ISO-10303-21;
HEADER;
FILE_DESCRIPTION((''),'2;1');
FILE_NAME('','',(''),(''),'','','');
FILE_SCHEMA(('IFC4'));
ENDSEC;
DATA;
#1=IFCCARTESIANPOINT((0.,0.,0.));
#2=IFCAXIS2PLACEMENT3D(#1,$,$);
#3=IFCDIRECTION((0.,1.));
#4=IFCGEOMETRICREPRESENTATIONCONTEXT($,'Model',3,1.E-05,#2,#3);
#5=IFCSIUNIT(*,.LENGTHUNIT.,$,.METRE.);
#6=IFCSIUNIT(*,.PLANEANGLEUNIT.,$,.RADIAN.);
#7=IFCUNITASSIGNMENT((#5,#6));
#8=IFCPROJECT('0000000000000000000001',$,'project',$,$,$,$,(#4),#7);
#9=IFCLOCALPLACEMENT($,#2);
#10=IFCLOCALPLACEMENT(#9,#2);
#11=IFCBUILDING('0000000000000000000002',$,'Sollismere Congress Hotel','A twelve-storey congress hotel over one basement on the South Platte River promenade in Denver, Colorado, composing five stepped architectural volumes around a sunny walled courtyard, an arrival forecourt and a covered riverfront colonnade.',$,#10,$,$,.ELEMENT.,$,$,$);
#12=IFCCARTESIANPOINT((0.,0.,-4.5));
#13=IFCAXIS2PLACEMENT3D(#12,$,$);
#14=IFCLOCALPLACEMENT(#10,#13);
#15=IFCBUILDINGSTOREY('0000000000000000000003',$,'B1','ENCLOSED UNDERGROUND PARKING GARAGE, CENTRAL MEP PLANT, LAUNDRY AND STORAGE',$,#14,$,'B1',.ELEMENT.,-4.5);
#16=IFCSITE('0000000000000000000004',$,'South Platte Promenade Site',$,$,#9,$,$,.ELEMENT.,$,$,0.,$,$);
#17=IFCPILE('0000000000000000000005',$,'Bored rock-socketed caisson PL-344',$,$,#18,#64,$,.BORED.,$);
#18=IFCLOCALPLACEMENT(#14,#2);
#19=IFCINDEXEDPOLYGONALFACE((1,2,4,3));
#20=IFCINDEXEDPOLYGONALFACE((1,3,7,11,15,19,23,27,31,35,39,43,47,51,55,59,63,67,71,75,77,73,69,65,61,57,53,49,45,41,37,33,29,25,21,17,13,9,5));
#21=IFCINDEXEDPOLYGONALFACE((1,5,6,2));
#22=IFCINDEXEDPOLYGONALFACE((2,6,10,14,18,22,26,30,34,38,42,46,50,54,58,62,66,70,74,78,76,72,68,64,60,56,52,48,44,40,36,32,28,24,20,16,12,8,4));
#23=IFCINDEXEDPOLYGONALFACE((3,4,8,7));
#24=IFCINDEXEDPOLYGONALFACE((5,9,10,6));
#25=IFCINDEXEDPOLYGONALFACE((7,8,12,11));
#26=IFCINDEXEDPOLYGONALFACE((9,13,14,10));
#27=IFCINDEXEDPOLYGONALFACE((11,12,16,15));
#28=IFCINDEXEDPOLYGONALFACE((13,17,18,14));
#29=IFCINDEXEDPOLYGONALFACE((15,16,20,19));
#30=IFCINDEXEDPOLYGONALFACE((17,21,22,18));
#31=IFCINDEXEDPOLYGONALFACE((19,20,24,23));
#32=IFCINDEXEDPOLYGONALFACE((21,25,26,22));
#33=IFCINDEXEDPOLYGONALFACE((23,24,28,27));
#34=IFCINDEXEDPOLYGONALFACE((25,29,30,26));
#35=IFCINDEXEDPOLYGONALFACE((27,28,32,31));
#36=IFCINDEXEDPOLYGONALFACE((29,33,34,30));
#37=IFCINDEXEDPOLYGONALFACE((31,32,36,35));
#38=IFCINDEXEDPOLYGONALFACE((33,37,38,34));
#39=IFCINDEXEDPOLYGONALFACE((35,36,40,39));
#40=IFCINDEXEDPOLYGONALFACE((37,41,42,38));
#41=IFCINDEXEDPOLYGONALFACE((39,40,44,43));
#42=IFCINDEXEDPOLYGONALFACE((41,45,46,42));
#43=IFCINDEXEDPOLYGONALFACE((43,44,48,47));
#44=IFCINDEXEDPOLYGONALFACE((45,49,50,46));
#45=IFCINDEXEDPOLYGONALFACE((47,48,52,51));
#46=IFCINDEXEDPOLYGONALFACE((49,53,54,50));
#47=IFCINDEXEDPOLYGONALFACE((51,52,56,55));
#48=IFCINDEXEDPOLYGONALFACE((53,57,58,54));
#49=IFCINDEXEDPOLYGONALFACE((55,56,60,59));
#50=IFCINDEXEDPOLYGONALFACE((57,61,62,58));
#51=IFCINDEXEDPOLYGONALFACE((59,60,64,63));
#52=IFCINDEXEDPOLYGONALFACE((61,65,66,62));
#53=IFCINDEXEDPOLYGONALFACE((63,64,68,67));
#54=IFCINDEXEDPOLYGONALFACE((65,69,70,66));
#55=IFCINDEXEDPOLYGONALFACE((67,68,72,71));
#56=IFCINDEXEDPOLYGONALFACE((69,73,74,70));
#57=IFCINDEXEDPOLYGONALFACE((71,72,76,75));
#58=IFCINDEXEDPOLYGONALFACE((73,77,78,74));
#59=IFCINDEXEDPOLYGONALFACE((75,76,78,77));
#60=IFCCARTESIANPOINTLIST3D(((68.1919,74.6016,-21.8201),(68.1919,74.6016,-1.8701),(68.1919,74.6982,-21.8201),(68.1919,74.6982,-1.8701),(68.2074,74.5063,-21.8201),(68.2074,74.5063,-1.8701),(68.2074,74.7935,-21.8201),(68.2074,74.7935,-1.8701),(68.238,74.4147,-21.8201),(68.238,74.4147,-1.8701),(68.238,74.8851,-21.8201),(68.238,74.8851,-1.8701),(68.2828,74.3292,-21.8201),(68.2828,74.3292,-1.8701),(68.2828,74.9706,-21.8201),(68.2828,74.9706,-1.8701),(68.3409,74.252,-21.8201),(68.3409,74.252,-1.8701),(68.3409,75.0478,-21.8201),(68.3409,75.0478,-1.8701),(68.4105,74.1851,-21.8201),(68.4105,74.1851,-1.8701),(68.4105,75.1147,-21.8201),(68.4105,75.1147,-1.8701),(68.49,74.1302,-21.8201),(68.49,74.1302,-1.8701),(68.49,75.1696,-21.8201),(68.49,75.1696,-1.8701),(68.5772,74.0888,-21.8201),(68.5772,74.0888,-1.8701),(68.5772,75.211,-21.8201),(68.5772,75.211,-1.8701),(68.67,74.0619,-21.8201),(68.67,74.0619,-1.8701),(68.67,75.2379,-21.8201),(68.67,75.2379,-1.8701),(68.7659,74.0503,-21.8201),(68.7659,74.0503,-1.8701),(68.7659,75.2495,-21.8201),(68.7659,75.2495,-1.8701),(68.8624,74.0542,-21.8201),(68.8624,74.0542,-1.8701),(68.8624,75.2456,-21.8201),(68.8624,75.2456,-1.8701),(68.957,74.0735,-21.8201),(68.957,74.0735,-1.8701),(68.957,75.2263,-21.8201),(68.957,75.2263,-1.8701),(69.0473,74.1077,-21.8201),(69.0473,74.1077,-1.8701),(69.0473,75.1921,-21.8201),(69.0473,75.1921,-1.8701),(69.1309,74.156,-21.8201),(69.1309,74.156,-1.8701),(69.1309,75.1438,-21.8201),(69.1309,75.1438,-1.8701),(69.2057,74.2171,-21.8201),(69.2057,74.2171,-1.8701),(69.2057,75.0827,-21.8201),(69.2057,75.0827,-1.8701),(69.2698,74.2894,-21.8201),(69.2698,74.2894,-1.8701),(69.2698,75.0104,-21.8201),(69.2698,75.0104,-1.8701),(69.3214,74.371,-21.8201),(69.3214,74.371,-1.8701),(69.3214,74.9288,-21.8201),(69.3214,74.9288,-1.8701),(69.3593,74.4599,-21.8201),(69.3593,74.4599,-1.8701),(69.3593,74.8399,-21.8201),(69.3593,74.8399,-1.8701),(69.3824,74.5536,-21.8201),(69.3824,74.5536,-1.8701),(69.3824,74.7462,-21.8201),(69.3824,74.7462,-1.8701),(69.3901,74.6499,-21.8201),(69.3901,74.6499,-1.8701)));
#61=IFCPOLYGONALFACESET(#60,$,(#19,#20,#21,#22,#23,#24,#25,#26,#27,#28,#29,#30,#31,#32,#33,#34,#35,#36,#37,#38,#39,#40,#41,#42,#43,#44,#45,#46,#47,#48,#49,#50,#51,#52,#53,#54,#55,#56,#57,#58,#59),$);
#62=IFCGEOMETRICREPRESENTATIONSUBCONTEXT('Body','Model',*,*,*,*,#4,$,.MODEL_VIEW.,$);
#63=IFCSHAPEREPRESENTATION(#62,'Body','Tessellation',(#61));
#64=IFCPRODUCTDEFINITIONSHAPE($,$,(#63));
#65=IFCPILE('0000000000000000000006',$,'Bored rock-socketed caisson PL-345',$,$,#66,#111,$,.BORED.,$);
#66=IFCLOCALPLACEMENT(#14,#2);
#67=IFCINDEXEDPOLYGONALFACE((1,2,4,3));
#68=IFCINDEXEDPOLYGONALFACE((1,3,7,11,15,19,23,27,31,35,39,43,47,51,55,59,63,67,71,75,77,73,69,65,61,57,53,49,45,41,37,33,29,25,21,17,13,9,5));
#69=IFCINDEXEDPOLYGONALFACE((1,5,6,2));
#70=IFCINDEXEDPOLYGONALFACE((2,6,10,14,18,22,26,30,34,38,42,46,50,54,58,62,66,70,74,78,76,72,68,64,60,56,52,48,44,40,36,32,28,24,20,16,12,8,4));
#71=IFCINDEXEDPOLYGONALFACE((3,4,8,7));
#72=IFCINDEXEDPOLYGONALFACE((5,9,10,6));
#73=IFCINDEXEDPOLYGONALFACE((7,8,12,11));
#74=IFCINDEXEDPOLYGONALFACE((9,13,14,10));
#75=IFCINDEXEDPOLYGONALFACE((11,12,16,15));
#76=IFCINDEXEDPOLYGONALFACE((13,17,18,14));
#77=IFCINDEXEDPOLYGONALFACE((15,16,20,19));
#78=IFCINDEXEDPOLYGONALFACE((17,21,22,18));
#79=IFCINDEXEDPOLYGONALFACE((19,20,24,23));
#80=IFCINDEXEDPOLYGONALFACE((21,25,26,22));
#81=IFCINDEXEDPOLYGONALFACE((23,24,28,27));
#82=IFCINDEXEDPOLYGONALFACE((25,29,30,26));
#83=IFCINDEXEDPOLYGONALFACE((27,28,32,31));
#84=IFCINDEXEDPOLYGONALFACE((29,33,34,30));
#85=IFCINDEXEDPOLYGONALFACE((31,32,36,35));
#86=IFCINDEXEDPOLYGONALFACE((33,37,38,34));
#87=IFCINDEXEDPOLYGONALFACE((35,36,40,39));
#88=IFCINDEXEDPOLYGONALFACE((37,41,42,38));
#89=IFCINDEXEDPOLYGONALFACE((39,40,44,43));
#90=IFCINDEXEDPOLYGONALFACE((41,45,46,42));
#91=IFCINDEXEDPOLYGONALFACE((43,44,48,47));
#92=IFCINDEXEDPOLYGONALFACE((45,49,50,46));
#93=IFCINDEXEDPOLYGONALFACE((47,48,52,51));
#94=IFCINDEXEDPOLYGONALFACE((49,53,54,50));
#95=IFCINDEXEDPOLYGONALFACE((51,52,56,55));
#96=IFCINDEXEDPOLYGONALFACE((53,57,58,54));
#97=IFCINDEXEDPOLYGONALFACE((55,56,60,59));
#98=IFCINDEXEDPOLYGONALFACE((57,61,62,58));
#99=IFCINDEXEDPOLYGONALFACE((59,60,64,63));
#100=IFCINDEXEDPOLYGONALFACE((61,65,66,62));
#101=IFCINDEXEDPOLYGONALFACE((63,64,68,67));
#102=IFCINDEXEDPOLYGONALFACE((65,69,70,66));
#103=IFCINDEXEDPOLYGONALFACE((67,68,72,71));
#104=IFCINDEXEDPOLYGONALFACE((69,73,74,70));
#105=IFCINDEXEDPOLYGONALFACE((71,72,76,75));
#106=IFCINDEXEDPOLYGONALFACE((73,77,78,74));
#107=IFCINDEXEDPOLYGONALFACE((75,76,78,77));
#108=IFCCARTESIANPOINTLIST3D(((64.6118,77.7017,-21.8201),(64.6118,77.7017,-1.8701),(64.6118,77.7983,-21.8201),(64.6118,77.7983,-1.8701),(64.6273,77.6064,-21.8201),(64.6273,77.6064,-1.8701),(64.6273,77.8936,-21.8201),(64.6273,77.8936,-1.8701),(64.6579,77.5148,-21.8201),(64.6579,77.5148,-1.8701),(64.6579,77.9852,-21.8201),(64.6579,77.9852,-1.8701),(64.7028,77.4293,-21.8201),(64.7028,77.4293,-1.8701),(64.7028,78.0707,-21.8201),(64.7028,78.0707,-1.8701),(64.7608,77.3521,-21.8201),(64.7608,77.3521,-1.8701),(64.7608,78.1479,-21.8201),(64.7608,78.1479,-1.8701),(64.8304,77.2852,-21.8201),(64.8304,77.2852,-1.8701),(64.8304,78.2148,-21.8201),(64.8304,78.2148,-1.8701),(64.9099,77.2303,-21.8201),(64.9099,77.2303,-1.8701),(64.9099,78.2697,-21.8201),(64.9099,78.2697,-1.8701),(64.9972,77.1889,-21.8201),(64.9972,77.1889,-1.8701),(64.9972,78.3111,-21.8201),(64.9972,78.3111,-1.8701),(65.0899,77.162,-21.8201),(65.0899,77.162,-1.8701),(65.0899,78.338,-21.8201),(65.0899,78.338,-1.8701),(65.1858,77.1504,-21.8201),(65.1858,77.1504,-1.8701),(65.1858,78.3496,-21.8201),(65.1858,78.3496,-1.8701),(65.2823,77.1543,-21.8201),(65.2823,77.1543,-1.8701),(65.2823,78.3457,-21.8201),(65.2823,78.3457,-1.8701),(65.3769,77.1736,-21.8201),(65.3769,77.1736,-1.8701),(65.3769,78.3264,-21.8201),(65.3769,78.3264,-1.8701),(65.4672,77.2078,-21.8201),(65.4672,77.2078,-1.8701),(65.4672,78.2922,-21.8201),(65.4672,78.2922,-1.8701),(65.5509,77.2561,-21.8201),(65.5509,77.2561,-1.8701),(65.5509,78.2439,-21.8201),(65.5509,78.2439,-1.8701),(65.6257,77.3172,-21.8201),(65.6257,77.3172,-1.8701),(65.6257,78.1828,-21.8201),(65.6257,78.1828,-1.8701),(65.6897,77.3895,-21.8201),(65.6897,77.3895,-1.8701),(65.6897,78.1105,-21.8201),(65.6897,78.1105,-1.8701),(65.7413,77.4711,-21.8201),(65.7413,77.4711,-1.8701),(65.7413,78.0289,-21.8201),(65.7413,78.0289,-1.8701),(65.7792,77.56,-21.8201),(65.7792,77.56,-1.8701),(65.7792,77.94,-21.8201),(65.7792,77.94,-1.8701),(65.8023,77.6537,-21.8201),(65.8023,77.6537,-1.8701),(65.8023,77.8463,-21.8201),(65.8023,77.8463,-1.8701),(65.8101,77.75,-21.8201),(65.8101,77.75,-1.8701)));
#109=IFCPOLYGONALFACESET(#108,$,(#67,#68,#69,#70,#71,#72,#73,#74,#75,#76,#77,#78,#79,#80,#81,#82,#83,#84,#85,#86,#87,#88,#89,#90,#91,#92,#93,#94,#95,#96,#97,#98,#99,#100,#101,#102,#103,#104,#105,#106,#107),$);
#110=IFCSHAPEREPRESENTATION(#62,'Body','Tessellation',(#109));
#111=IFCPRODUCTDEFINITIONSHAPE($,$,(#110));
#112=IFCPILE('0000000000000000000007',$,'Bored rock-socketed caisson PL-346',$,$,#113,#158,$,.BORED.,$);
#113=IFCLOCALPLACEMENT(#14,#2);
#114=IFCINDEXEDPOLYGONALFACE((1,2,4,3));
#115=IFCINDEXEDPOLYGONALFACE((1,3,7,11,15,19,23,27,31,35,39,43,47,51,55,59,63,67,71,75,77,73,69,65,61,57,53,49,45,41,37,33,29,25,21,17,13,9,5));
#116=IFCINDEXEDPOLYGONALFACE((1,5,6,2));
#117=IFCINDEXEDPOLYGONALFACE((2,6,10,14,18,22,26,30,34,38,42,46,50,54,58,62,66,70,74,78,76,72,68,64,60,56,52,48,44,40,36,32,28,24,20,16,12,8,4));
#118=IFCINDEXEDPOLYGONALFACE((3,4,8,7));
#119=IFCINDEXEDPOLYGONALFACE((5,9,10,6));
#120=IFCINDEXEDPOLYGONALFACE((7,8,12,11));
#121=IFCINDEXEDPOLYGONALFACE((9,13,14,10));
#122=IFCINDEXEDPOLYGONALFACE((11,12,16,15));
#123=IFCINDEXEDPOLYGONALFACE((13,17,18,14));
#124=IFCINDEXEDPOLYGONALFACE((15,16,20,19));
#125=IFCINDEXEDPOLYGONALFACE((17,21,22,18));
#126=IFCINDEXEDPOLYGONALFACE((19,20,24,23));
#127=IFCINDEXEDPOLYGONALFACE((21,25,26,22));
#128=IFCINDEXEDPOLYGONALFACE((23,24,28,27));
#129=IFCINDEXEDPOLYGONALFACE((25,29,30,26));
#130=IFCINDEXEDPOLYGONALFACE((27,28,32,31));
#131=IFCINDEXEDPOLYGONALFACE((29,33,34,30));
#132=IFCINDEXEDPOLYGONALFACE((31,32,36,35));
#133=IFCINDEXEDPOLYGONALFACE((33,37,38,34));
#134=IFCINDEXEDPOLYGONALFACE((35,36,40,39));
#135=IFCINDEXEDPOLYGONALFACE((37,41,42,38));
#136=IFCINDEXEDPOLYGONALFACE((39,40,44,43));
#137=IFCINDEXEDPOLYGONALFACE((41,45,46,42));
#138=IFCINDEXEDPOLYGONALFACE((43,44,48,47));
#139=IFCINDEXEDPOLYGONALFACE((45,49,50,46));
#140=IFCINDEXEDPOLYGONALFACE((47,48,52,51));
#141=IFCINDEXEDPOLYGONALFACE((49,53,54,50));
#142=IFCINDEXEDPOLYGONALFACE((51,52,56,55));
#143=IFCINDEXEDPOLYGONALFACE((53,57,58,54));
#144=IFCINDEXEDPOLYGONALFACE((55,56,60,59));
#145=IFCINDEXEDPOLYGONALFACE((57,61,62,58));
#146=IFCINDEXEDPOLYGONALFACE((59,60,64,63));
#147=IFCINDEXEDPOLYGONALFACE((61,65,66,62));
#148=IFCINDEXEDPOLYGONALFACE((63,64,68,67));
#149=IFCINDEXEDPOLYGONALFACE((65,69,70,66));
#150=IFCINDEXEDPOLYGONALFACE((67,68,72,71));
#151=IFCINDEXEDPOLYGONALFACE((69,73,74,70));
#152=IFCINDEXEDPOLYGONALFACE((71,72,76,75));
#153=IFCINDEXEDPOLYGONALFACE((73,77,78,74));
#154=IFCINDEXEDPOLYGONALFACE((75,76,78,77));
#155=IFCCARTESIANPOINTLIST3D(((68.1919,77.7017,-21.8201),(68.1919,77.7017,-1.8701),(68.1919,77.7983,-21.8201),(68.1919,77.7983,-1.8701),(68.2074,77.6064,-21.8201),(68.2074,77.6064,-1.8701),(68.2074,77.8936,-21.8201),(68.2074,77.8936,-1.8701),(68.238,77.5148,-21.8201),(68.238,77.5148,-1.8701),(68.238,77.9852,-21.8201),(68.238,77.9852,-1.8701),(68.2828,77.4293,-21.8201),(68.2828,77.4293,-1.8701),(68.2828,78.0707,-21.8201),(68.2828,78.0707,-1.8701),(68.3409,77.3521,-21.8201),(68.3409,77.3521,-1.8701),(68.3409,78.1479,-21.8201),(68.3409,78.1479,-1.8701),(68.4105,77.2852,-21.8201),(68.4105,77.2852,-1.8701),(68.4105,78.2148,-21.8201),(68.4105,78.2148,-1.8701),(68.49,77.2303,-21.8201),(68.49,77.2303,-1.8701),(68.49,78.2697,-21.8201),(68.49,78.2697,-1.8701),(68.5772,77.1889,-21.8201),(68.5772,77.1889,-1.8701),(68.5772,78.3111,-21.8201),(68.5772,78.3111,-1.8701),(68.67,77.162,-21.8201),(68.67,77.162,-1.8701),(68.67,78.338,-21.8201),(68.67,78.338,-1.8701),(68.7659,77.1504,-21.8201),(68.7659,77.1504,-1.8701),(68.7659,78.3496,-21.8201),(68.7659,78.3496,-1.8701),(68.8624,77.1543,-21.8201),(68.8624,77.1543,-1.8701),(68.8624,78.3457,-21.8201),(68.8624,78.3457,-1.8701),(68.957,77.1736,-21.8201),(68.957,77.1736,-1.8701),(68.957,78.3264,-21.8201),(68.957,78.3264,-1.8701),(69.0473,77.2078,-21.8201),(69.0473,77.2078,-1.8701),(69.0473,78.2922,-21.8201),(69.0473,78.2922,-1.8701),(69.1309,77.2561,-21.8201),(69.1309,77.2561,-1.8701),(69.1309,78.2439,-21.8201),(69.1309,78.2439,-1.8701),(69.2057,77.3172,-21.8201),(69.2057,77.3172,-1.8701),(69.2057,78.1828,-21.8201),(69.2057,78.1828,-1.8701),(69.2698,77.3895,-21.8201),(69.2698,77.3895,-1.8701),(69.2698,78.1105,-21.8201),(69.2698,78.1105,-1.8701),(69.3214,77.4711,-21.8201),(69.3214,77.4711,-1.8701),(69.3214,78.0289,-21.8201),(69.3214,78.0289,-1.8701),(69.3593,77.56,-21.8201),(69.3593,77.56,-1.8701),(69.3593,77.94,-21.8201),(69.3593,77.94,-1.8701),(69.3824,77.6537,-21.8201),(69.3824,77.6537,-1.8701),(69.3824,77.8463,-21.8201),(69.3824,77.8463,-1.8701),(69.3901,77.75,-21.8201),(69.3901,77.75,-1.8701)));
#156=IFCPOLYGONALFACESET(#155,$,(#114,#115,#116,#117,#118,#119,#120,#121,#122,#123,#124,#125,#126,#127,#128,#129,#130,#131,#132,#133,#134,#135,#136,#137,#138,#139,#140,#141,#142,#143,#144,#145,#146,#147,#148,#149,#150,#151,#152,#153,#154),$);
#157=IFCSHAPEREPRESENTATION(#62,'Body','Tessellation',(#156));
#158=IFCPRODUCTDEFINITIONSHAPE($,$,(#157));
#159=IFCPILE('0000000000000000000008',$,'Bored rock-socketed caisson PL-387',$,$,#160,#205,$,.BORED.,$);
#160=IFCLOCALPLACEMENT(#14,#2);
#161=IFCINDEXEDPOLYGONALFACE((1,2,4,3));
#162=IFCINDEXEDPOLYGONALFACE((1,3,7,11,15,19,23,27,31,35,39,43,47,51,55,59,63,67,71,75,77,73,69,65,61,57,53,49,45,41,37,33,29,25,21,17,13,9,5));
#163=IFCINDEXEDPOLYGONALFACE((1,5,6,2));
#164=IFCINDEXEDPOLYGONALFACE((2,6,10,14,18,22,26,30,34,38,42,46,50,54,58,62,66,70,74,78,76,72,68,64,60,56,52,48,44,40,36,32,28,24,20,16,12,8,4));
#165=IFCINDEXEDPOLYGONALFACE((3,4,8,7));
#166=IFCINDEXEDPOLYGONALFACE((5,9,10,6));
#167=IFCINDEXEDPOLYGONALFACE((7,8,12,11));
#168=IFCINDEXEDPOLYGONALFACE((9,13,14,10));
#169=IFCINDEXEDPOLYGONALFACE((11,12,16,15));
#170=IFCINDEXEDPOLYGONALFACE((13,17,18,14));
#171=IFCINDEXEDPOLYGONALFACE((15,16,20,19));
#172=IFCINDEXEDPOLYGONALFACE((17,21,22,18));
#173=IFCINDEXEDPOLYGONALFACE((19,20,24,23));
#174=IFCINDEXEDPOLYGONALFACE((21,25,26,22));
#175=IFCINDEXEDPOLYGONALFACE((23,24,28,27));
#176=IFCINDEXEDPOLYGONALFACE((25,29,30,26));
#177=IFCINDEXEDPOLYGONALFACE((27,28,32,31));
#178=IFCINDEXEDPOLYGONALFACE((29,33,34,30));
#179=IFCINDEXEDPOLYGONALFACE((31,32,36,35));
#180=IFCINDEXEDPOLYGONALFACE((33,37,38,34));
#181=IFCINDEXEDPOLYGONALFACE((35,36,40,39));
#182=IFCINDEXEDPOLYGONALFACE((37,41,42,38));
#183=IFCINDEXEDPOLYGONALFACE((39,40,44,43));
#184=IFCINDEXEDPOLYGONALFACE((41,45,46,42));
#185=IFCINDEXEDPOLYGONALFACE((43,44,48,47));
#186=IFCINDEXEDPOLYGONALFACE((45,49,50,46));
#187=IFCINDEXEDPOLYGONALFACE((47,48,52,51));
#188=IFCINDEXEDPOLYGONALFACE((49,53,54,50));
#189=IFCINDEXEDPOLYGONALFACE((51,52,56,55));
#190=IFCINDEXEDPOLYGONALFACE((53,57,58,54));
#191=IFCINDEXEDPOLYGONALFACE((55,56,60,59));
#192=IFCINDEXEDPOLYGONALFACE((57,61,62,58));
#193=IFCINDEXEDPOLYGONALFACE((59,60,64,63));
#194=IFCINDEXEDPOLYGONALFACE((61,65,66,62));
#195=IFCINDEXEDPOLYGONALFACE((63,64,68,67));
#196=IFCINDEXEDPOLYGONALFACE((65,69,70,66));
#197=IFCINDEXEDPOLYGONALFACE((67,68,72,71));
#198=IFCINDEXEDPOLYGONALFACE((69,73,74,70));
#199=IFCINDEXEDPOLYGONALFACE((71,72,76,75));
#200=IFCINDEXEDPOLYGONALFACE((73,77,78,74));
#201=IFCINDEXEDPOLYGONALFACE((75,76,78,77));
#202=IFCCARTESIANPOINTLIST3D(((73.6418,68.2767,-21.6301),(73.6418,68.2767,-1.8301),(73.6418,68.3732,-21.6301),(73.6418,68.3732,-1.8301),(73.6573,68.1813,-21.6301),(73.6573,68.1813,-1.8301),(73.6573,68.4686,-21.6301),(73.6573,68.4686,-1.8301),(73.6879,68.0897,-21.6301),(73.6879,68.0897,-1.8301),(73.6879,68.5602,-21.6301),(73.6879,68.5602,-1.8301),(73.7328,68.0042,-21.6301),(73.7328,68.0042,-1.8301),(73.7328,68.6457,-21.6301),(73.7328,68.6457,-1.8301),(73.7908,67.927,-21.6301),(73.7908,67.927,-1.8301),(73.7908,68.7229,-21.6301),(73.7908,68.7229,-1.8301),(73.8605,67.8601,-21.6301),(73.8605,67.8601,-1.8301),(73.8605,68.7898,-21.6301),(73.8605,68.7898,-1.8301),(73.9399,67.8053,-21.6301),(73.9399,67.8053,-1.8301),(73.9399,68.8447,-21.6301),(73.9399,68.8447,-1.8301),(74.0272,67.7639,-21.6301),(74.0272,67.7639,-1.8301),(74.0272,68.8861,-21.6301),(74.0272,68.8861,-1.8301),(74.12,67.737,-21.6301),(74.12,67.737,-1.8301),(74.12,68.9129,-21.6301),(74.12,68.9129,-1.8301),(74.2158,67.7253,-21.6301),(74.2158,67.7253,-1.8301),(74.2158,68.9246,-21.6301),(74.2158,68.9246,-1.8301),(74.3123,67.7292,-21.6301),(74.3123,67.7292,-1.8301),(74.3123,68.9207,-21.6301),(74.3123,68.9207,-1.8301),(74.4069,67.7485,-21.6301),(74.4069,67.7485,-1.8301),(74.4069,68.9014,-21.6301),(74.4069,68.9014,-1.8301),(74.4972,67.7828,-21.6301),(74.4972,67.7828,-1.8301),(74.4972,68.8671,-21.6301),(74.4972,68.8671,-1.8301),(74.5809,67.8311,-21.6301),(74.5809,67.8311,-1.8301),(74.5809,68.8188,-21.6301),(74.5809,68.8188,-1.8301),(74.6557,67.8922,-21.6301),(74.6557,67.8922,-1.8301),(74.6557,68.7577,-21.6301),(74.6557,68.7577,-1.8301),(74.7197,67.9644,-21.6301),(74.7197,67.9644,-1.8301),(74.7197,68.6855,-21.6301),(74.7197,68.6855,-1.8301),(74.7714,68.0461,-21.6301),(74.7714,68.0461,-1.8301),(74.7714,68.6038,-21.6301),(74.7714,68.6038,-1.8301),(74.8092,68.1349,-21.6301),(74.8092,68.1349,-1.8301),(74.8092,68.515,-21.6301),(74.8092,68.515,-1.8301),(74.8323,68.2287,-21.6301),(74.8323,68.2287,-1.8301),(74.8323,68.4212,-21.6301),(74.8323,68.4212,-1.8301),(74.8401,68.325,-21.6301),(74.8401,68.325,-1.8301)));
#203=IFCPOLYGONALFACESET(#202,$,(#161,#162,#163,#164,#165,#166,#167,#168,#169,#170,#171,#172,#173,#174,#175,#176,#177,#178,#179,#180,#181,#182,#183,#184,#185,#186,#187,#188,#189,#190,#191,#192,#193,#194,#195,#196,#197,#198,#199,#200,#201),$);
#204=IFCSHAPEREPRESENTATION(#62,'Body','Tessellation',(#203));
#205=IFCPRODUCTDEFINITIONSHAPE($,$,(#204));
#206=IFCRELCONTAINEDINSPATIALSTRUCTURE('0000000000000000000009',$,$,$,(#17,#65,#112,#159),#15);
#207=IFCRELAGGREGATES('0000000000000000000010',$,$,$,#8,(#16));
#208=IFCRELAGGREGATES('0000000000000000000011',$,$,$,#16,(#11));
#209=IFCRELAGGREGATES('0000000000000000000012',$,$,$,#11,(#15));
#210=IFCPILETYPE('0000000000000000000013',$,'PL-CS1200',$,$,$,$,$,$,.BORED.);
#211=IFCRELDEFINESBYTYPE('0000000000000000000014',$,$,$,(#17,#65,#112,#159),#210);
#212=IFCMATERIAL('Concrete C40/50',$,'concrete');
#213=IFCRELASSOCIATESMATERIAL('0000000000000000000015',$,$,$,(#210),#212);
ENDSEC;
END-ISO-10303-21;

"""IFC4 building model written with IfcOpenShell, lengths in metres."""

from ifc_helpers import new_model, si_unit, direction, frame, origin, origin_2d, place, context, subcontext, project, spatial, circle, extrude, material, material_profile, profile_set, type_object, element, save


model = new_model("IFC4")

# Units and contexts
model_context = context("Model", 3, precision=1e-05, world=origin(), true_north=direction((0.0, 1.0)))
body_context = subcontext(model_context, "Body", "Model", "MODEL_VIEW")
ifc_project = project(units=[si_unit("LENGTHUNIT", "METRE"), si_unit("PLANEANGLEUNIT", "RADIAN")], contexts=[model_context])

# Site, building, storey
site_placement = place(None, origin())
site = spatial("IfcSite", under=ifc_project, at=site_placement, Name="South Platte Promenade Site", CompositionType="ELEMENT", RefElevation=0.0)
building_placement = place(site_placement, origin())
building = spatial("IfcBuilding", under=site, at=building_placement, Name="Sollismere Congress Hotel", Description="A twelve-storey congress hotel over one basement on the South Platte River promenade in Denver, Colorado, composing five stepped architectural volumes around a sunny walled courtyard, an arrival forecourt and a covered riverfront colonnade.", CompositionType="ELEMENT")
storey_placement = place(building_placement, frame((0.0, 0.0, -4.5)))
storey = spatial("IfcBuildingStorey", under=building, at=storey_placement, Name="B1", Description="ENCLOSED UNDERGROUND PARKING GARAGE, CENTRAL MEP PLANT, LAUNDRY AND STORAGE", LongName="B1", CompositionType="ELEMENT", Elevation=-4.5)

# Shared definitions
ifc_material_1 = material(Name="Concrete C40/50", Category="concrete")

# Piles
ifc_material_profile_1 = material_profile(ifc_material_1, circle(Radius=0.6001, at=origin_2d()), Name="CAISSON1200")
ifc_profile_set_1 = profile_set([ifc_material_profile_1], Name="Concrete C40/50")
pile_type = type_object("IfcPileType", Name="PL-CS1200", PredefinedType="BORED", material=ifc_profile_set_1)
for number, where, z_axis, x_axis, name in (
    (1, (68.79, 74.6499, -1.8701), (0.0, 0.0, -1.0), (1.0, 0.0, 0.0), "Bored rock-socketed caisson PL-344"),
    (2, (65.21, 77.75, -1.8701), (0.0, 0.0, -1.0), (1.0, 0.0, 0.0), "Bored rock-socketed caisson PL-345"),
    (3, (68.79, 77.75, -1.8701), (0.0, 0.0, -1.0), (1.0, 0.0, 0.0), "Bored rock-socketed caisson PL-346"),
):
    element("IfcPile", number, at=place(storey_placement, frame(where, z_axis=z_axis, x_axis=x_axis)), inside=storey, type_object=pile_type, Name=name, PredefinedType="BORED", context=body_context, shape_type="SweptSolid", body=[
        extrude(circle(Radius=0.6001, at=origin_2d()), origin(), (0.0, 0.0, 1.0), 19.95),
    ])
pile_1_placement = place(storey_placement, frame((74.24, 68.325, -1.8301), z_axis=(0.0, 0.0, -1.0), x_axis=(1.0, 0.0, 0.0)))
element("IfcPile", 4, at=pile_1_placement, inside=storey, type_object=pile_type, Name="Bored rock-socketed caisson PL-387", PredefinedType="BORED", context=body_context, shape_type="SweptSolid", body=[
    extrude(circle(Radius=0.6001, at=origin_2d()), origin(), (0.0, 0.0, 1.0), 19.8),
])

save(model, "model.ifc")
